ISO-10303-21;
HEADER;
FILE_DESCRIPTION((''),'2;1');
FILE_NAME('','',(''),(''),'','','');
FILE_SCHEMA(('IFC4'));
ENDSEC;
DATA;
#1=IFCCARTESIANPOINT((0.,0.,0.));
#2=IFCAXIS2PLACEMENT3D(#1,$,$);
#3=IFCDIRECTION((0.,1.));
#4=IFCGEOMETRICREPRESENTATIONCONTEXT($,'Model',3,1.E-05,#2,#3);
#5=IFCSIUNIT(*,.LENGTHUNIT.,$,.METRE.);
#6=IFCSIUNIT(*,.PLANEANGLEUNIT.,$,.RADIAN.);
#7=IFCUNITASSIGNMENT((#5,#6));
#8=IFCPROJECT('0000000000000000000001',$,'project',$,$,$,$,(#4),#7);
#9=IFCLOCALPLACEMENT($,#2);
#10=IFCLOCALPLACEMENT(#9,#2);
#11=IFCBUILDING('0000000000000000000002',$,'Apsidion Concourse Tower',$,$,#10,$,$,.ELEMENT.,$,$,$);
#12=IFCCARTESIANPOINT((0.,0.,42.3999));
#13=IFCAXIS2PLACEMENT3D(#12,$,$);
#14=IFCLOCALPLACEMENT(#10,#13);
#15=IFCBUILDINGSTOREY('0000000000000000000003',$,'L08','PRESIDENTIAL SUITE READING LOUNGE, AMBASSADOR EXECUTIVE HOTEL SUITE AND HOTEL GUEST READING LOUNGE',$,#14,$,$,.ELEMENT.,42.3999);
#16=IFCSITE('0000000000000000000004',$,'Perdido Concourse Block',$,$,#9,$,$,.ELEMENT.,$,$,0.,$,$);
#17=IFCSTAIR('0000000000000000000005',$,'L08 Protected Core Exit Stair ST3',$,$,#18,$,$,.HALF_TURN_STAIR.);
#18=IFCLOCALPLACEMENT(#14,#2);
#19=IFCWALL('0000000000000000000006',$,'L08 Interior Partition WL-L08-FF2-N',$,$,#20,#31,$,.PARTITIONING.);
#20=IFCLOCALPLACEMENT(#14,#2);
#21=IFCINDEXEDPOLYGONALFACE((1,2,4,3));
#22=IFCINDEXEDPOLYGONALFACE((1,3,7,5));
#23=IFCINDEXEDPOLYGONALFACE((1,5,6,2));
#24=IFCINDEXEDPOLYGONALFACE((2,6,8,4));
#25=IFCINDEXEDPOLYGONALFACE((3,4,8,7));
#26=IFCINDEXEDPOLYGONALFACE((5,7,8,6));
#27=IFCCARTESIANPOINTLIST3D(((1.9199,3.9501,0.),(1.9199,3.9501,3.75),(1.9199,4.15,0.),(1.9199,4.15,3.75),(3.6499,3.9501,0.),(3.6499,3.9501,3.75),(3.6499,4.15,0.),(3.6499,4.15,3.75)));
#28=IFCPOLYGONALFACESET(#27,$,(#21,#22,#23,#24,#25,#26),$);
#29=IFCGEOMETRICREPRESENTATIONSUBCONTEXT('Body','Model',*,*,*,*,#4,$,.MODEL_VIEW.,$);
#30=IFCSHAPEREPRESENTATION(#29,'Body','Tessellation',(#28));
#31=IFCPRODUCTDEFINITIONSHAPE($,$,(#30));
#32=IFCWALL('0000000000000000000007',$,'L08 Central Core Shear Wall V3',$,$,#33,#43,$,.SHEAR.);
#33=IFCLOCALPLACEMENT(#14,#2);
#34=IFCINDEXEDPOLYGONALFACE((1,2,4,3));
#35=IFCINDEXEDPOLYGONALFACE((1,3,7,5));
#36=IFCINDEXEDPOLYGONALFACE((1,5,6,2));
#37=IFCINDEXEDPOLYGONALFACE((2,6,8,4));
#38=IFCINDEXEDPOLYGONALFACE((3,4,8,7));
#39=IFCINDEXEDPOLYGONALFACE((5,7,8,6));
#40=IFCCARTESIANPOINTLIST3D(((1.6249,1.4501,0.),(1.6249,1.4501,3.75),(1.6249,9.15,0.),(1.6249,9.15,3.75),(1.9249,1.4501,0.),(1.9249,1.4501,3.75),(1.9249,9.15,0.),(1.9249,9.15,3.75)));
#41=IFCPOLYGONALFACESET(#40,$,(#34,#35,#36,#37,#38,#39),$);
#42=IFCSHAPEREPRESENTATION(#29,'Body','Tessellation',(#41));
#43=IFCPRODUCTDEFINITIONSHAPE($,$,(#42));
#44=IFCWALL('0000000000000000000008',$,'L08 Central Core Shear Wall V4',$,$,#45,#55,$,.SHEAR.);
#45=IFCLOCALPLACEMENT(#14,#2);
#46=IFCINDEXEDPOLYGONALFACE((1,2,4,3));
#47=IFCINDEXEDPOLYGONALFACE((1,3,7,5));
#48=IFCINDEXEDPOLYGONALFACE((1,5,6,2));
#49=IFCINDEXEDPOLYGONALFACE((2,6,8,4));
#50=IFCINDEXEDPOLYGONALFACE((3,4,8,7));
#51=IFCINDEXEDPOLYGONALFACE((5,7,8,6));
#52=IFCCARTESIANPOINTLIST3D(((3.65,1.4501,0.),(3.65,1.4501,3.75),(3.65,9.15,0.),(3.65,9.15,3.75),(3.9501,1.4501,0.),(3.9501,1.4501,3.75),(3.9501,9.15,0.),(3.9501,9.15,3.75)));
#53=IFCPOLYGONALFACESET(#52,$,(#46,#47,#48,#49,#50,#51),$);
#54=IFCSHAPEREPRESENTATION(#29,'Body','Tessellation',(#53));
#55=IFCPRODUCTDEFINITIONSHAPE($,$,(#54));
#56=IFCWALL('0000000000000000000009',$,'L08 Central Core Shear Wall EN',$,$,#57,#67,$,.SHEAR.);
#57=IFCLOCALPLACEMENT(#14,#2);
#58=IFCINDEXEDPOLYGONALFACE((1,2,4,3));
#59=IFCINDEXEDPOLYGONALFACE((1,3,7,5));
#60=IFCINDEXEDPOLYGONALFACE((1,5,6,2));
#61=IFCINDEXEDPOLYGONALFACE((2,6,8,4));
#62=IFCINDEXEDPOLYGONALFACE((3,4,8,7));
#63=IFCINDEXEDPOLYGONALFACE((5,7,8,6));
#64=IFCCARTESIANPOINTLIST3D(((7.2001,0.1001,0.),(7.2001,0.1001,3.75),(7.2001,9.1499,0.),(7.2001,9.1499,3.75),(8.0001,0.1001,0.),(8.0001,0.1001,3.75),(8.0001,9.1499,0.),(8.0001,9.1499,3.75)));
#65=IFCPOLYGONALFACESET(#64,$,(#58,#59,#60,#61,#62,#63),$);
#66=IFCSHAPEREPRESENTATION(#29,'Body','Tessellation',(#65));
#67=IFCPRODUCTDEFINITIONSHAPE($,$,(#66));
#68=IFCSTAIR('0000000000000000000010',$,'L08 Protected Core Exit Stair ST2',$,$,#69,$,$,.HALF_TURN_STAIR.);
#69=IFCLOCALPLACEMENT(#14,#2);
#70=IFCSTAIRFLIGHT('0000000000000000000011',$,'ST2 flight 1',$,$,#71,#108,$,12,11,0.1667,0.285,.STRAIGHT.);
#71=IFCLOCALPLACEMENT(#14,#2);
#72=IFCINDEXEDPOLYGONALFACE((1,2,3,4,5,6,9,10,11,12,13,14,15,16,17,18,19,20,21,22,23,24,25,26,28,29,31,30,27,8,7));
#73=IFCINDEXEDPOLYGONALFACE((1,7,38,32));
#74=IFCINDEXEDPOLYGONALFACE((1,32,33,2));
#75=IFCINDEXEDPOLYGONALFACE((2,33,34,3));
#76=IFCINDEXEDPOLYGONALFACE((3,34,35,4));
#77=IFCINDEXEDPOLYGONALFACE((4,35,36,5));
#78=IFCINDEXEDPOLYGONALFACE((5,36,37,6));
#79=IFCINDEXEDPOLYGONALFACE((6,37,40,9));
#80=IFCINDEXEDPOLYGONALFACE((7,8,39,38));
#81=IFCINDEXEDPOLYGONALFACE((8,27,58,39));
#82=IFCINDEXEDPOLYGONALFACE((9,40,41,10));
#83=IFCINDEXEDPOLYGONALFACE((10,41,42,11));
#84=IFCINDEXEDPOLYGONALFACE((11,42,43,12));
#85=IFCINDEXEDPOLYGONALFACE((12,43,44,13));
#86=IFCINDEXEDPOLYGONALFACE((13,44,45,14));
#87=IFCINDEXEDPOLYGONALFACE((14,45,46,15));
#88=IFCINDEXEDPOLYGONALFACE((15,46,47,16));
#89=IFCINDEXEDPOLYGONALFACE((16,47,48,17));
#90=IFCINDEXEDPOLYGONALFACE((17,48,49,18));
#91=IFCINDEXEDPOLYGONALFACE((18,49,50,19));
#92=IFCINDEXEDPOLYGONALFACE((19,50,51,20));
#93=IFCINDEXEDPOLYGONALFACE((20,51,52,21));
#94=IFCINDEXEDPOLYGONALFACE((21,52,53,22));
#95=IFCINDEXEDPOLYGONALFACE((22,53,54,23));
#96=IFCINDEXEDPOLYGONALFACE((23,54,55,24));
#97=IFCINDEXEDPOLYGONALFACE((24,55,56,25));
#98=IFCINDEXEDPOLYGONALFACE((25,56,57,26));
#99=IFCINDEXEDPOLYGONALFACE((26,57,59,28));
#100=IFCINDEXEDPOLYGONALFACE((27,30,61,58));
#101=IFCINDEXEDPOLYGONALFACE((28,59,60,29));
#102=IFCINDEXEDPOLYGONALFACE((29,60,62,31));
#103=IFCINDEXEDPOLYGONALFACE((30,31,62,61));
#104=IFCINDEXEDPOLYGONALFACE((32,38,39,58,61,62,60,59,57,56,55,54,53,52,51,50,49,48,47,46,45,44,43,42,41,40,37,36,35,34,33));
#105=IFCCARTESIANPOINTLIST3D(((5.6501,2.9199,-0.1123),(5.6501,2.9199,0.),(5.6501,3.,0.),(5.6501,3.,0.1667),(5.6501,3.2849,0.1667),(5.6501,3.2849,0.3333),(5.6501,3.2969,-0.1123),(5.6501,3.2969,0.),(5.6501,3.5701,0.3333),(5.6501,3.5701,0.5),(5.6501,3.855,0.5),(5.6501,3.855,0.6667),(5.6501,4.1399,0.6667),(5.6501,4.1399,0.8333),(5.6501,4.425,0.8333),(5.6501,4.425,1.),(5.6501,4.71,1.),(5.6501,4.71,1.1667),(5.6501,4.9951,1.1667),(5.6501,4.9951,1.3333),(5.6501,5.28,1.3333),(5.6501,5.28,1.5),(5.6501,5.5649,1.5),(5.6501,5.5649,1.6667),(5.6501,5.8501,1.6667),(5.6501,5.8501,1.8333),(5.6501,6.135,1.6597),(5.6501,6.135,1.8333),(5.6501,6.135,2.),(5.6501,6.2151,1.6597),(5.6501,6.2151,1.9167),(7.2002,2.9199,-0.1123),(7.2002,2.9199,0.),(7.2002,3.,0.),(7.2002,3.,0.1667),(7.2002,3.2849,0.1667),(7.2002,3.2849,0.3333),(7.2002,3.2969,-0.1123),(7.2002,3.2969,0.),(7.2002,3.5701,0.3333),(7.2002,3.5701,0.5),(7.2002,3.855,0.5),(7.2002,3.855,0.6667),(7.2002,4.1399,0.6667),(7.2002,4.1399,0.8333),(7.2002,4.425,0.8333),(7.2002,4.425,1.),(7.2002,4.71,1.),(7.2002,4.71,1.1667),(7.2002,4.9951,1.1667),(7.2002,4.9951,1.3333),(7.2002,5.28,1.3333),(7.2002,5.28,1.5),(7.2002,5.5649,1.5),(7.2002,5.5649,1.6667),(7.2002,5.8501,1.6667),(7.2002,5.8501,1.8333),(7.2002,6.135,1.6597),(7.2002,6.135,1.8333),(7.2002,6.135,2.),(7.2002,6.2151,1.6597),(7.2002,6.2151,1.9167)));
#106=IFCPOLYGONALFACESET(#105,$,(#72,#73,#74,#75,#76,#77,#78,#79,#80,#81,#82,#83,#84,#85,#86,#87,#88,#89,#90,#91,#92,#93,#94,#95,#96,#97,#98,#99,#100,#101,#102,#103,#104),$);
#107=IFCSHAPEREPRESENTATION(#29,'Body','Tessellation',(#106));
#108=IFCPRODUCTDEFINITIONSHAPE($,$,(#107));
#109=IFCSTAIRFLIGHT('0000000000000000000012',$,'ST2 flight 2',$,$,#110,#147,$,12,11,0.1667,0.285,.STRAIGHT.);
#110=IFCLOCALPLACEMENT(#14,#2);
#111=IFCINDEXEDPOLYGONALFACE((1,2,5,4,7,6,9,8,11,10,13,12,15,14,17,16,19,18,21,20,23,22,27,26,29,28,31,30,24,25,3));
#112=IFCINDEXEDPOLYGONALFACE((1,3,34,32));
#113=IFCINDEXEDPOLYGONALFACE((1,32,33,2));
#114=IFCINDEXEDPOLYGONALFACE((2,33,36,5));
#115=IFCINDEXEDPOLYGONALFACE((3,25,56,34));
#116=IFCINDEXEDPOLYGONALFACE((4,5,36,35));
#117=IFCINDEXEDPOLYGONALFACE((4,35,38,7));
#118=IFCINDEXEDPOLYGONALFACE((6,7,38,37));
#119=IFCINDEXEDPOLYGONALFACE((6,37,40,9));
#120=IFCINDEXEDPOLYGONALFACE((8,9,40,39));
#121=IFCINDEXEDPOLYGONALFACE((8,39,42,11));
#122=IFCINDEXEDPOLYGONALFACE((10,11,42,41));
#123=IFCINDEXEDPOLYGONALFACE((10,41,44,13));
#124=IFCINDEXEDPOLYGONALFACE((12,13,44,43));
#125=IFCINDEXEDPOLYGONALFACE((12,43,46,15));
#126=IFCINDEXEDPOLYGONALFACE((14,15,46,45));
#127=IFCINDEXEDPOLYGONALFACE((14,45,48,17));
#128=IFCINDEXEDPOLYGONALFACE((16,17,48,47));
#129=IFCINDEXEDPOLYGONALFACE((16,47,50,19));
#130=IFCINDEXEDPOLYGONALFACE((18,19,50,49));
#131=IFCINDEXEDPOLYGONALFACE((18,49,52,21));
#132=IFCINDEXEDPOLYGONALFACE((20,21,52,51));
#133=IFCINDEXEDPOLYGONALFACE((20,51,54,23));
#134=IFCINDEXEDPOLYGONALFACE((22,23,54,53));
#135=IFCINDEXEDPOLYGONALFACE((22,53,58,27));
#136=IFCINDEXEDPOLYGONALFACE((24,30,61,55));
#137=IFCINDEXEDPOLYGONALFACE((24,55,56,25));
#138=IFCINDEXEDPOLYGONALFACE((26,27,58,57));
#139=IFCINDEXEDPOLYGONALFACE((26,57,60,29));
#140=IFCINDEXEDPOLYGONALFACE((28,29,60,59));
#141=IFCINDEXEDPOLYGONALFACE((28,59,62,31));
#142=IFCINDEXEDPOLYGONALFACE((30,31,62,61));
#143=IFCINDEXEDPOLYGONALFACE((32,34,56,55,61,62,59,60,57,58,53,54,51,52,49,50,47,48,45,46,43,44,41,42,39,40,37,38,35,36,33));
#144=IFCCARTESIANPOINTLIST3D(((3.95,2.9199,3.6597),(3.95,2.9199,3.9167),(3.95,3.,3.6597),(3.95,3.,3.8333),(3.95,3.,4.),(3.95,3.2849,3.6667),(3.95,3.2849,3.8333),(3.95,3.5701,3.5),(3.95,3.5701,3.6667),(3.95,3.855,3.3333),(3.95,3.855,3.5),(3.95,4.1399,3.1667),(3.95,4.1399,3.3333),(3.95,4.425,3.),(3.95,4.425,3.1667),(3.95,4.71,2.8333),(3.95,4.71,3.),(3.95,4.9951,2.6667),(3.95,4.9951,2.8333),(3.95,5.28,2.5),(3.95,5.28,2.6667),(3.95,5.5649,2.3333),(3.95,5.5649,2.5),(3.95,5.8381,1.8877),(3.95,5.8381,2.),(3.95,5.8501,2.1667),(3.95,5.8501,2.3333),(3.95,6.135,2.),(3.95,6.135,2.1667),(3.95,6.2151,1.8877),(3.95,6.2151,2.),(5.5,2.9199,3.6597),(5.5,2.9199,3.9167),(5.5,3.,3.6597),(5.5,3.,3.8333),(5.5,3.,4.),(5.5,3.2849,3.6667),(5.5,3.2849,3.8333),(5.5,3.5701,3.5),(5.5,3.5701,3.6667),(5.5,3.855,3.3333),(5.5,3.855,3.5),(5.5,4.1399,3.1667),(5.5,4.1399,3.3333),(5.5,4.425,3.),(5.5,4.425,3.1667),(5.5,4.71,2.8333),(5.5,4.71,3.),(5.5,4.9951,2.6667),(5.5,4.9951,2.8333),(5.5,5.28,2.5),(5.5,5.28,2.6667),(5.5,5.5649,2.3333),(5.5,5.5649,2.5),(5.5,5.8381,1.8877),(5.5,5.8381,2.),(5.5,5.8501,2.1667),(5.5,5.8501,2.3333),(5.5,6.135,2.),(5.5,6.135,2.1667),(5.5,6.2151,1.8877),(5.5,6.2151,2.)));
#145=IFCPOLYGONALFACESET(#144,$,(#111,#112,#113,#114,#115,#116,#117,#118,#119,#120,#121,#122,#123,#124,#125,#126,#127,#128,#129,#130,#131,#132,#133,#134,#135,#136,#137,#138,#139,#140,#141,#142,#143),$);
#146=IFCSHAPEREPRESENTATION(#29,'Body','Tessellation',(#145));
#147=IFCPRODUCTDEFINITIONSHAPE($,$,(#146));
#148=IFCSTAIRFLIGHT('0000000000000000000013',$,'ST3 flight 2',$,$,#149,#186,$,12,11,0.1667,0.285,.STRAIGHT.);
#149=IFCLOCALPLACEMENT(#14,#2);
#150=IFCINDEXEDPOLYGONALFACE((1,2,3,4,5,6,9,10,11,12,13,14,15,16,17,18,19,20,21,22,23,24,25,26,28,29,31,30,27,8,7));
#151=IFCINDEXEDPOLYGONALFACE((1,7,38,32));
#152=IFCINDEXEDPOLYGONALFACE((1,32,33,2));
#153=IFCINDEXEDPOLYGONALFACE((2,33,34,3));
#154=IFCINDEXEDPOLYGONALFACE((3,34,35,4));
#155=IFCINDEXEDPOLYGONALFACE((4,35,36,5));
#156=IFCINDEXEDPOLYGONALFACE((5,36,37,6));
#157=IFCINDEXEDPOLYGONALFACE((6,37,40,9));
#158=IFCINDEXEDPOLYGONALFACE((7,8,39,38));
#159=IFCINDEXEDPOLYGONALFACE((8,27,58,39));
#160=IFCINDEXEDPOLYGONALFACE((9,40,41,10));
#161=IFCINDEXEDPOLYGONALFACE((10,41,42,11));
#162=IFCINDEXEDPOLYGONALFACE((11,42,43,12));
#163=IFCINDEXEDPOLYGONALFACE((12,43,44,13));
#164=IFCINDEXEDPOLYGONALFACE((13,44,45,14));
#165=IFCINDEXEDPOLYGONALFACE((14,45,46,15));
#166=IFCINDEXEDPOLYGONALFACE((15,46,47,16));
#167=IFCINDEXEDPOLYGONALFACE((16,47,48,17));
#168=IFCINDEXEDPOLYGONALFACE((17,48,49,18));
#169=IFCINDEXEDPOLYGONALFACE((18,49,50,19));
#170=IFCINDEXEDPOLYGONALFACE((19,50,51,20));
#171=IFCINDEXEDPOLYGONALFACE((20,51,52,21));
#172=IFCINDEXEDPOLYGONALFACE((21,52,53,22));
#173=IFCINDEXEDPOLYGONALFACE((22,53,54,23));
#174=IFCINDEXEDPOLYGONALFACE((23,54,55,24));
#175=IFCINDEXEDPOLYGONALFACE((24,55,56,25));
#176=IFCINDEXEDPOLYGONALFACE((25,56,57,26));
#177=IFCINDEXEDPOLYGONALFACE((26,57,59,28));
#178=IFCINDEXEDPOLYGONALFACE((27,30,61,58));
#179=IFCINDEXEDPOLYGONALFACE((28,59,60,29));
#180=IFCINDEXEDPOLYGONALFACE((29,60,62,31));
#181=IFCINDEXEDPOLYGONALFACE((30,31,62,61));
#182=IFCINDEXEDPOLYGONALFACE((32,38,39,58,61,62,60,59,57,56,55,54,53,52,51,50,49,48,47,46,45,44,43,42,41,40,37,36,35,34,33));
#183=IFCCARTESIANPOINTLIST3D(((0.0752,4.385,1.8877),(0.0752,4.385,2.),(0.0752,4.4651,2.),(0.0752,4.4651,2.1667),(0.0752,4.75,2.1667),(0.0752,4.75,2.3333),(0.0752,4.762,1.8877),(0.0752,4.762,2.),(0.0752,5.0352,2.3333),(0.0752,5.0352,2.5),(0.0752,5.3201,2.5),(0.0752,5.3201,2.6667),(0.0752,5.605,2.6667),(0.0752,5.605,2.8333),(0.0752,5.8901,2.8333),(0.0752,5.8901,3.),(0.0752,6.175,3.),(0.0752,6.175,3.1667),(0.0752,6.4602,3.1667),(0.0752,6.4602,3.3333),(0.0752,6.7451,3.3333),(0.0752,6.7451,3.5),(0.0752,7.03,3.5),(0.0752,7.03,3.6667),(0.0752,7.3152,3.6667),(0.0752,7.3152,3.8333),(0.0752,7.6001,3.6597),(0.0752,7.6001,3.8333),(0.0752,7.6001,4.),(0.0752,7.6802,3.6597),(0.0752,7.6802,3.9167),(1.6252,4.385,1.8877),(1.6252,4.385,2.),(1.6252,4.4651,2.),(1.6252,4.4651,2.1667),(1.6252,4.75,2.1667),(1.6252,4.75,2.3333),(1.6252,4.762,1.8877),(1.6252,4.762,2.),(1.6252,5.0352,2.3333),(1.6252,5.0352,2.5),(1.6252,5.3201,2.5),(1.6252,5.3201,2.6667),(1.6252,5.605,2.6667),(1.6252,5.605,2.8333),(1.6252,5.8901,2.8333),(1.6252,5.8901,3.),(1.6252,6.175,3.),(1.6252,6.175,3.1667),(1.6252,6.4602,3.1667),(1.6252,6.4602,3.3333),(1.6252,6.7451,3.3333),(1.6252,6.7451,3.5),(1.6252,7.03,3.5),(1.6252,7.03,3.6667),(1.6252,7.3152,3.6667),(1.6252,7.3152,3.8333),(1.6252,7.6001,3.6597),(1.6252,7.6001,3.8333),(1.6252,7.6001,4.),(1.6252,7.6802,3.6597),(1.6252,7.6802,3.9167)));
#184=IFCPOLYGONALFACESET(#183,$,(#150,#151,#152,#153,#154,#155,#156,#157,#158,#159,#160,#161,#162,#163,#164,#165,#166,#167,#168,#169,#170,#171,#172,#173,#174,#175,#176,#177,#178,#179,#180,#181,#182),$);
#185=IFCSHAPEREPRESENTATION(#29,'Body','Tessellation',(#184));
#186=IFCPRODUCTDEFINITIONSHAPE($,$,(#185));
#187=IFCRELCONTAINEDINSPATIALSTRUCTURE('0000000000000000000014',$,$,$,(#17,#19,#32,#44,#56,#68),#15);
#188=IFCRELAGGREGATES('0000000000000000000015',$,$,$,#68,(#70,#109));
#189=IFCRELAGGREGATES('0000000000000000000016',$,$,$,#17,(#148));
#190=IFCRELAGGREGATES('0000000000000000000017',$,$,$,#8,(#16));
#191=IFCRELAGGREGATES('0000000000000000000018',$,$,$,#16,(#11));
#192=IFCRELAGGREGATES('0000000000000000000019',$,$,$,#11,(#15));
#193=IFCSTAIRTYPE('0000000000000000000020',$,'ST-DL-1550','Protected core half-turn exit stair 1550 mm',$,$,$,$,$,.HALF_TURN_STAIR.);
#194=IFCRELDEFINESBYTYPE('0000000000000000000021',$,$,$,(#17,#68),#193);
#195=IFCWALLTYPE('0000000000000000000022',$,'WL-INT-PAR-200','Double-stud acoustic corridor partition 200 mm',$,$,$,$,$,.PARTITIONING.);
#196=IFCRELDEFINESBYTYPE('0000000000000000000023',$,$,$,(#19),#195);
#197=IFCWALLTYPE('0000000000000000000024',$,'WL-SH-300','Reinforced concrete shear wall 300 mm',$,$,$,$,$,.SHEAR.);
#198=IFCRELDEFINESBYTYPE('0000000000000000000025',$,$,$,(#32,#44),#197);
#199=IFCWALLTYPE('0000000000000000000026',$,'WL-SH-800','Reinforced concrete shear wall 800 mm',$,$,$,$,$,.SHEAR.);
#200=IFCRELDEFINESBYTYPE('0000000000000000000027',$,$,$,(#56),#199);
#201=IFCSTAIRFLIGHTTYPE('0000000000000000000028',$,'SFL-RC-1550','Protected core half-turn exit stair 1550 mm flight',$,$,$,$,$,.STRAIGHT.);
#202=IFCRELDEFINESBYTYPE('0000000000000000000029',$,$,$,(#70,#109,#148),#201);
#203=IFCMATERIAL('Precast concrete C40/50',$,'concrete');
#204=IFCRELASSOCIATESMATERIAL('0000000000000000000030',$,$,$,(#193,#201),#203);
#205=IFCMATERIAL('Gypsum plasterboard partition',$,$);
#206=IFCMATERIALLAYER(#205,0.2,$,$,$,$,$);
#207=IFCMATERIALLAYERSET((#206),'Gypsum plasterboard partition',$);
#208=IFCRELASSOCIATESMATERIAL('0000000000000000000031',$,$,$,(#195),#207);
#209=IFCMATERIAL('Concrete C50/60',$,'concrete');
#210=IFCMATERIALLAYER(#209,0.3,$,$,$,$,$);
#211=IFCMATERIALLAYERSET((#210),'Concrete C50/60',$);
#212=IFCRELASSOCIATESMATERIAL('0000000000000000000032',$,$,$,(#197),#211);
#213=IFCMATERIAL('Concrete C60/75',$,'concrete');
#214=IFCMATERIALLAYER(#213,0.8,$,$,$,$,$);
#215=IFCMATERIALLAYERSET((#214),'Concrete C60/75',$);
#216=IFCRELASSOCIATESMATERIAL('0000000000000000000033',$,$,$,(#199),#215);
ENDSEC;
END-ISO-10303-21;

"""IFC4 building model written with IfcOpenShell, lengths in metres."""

from ifc_helpers import new_model, si_unit, direction, frame, frame_2d, origin, place, context, subcontext, project, spatial, polyline, rectangle, outline, extrude, material, layer, layer_set, type_object, element, aggregate, save


model = new_model("IFC4")

# Units and contexts
model_context = context("Model", 3, precision=1e-05, world=origin(), true_north=direction((0.0, 1.0)))
body_context = subcontext(model_context, "Body", "Model", "MODEL_VIEW")
ifc_project = project(units=[si_unit("LENGTHUNIT", "METRE"), si_unit("PLANEANGLEUNIT", "RADIAN")], contexts=[model_context])

# Site, building, storey
site_placement = place(None, origin())
site = spatial("IfcSite", under=ifc_project, at=site_placement, Name="Perdido Concourse Block", CompositionType="ELEMENT", RefElevation=0.0)
building_placement = place(site_placement, origin())
building = spatial("IfcBuilding", under=site, at=building_placement, Name="Apsidion Concourse Tower", CompositionType="ELEMENT")
storey_placement = place(building_placement, frame((0.0, 0.0, 42.3999)))
storey = spatial("IfcBuildingStorey", under=building, at=storey_placement, Name="L08", Description="PRESIDENTIAL SUITE READING LOUNGE, AMBASSADOR EXECUTIVE HOTEL SUITE AND HOTEL GUEST READING LOUNGE", CompositionType="ELEMENT", Elevation=42.3999)

# Shared definitions
ifc_material_1 = material(Name="Concrete C60/75", Category="concrete")

# Stair
ifc_material_2 = material(Name="Precast concrete C40/50", Category="concrete")
stair_type = type_object("IfcStairType", Name="ST-DL-1550", Description="Protected core half-turn exit stair 1550 mm", PredefinedType="HALF_TURN_STAIR", material=ifc_material_2)
stair_1_placement = place(storey_placement, origin())
stair_1 = element("IfcStair", 1, at=stair_1_placement, inside=storey, type_object=stair_type, Name="L08 Protected Core Exit Stair ST3", PredefinedType="HALF_TURN_STAIR")
ifc_material_3 = material(Name="Concrete C50/60", Category="concrete")

# Shared definitions
ifc_material_4 = material(Name="Gypsum plasterboard partition")

# Walls
ifc_layer_1 = layer(ifc_material_4, 0.2)
ifc_layer_set_1 = layer_set([ifc_layer_1], Name="Gypsum plasterboard partition")
wall_type_1 = type_object("IfcWallType", Name="WL-INT-PAR-200", Description="Double-stud acoustic corridor partition 200 mm", PredefinedType="PARTITIONING", material=ifc_layer_set_1)
wall_1_placement = place(storey_placement, frame((1.9199, 4.05, 0.0), z_axis=(0.0, 0.0, 1.0), x_axis=(1.0, 0.0, 0.0)))
element("IfcWall", 2, at=wall_1_placement, inside=storey, type_object=wall_type_1, Name="L08 Interior Partition WL-L08-FF2-N", PredefinedType="PARTITIONING", context=body_context, shape_type="SweptSolid", body=[
    extrude(rectangle(XDim=1.73, YDim=0.2, at=frame_2d((0.865, 0.0))), origin(), (0.0, 0.0, 1.0), 3.75),
])
ifc_layer_2 = layer(ifc_material_3, 0.3)
ifc_layer_set_2 = layer_set([ifc_layer_2], Name="Concrete C50/60")
wall_type_2 = type_object("IfcWallType", Name="WL-SH-300", Description="Reinforced concrete shear wall 300 mm", PredefinedType="SHEAR", material=ifc_layer_set_2)
for number, where, z_axis, x_axis, name in (
    (3, (1.7749, 1.45, 0.0), (0.0, 0.0, 1.0), (0.0, 1.0, 0.0), "L08 Central Core Shear Wall V3"),
    (4, (3.8, 1.45, 0.0), (0.0, 0.0, 1.0), (0.0, 1.0, 0.0), "L08 Central Core Shear Wall V4"),
):
    element("IfcWall", number, at=place(storey_placement, frame(where, z_axis=z_axis, x_axis=x_axis)), inside=storey, type_object=wall_type_2, Name=name, PredefinedType="SHEAR", context=body_context, shape_type="SweptSolid", body=[
        extrude(rectangle(XDim=7.7, YDim=0.3, at=frame_2d((3.8501, 0.0))), origin(), (0.0, 0.0, 1.0), 3.75),
    ])
ifc_layer_3 = layer(ifc_material_1, 0.8)
ifc_layer_set_3 = layer_set([ifc_layer_3], Name="Concrete C60/75")
wall_type_3 = type_object("IfcWallType", Name="WL-SH-800", Description="Reinforced concrete shear wall 800 mm", PredefinedType="SHEAR", material=ifc_layer_set_3)
wall_2_placement = place(storey_placement, frame((7.6001, 0.1001, 0.0), z_axis=(0.0, 0.0, 1.0), x_axis=(0.0, 1.0, 0.0)))
element("IfcWall", 5, at=wall_2_placement, inside=storey, type_object=wall_type_3, Name="L08 Central Core Shear Wall EN", PredefinedType="SHEAR", context=body_context, shape_type="SweptSolid", body=[
    extrude(rectangle(XDim=9.0498, YDim=0.8, at=frame_2d((4.5249, 0.0))), origin(), (0.0, 0.0, 1.0), 3.75),
])

# Stair, stair flights
stair_2_placement = place(storey_placement, origin())
stair_2 = element("IfcStair", 6, at=stair_2_placement, inside=storey, type_object=stair_type, Name="L08 Protected Core Exit Stair ST2", PredefinedType="HALF_TURN_STAIR")
stair_flight_type = type_object("IfcStairFlightType", Name="SFL-RC-1550", Description="Protected core half-turn exit stair 1550 mm flight", PredefinedType="STRAIGHT", material=ifc_material_2)
stair_flight_1_placement = place(storey_placement, frame((6.425, 3.0, 0.0), z_axis=(0.0, 0.0, 1.0), x_axis=(0.0, 1.0, 0.0)))
stair_flight_1 = element("IfcStairFlight", 7, at=stair_flight_1_placement, type_object=stair_flight_type, Name="ST2 flight 1", NumberOfRisers=12, NumberOfTreads=11, PredefinedType="STRAIGHT", RiserHeight=0.1667, TreadLength=0.285, context=body_context, shape_type="SweptSolid", body=[
    extrude(outline(polyline([(-0.0801, -0.1123), (-0.0801, 0.0), (0.0, 0.0), (0.0, 0.1667), (0.2849, 0.1667), (0.2849, 0.3333), (0.5701, 0.3333), (0.5701, 0.5), (0.855, 0.5), (0.855, 0.6667), (1.1399, 0.6667), (1.1399, 0.8333), (1.425, 0.8333), (1.425, 1.0), (1.71, 1.0), (1.71, 1.1667), (1.9951, 1.1667), (1.9951, 1.3333), (2.28, 1.3333), (2.28, 1.5), (2.5649, 1.5), (2.5649, 1.6667), (2.8501, 1.6667), (2.8501, 1.8333), (3.135, 1.8333), (3.135, 2.0), (3.2151, 1.9167), (3.2151, 1.6597), (3.135, 1.6597), (0.2969, 0.0), (0.2969, -0.1123), (-0.0801, -0.1123)])), frame((0.0, 0.7749, 0.0), z_axis=(0.0, -1.0, 0.0), x_axis=(1.0, 0.0, 0.0)), (0.0, 0.0, 1.0), 1.55),
])
stair_flight_2_placement = place(storey_placement, frame((4.7251, 6.135, 2.0), z_axis=(0.0, 0.0, 1.0), x_axis=(0.0, -1.0, 0.0)))
stair_flight_2 = element("IfcStairFlight", 8, at=stair_flight_2_placement, type_object=stair_flight_type, Name="ST2 flight 2", NumberOfRisers=12, NumberOfTreads=11, PredefinedType="STRAIGHT", RiserHeight=0.1667, TreadLength=0.285, context=body_context, shape_type="SweptSolid", body=[
    extrude(outline(polyline([(-0.0801, -0.1123), (-0.0801, 0.0), (0.0, 0.0), (0.0, 0.1667), (0.2849, 0.1667), (0.2849, 0.3333), (0.5701, 0.3333), (0.5701, 0.5), (0.855, 0.5), (0.855, 0.6667), (1.1399, 0.6667), (1.1399, 0.8333), (1.425, 0.8333), (1.425, 1.0), (1.71, 1.0), (1.71, 1.1667), (1.9951, 1.1667), (1.9951, 1.3333), (2.28, 1.3333), (2.28, 1.5), (2.5649, 1.5), (2.5649, 1.6667), (2.8501, 1.6667), (2.8501, 1.8333), (3.135, 1.8333), (3.135, 2.0), (3.2151, 1.9167), (3.2151, 1.6597), (3.135, 1.6597), (0.2969, 0.0), (0.2969, -0.1123), (-0.0801, -0.1123)])), frame((0.0, 0.7749, 0.0), z_axis=(0.0, -1.0, 0.0), x_axis=(1.0, 0.0, 0.0)), (0.0, 0.0, 1.0), 1.55),
])
aggregate(stair_2, [stair_flight_1, stair_flight_2])

# Stair flight
stair_flight_3_placement = place(storey_placement, frame((0.8501, 4.4651, 2.0), z_axis=(0.0, 0.0, 1.0), x_axis=(0.0, 1.0, 0.0)))
stair_flight_3 = element("IfcStairFlight", 9, at=stair_flight_3_placement, type_object=stair_flight_type, Name="ST3 flight 2", NumberOfRisers=12, NumberOfTreads=11, PredefinedType="STRAIGHT", RiserHeight=0.1667, TreadLength=0.285, context=body_context, shape_type="SweptSolid", body=[
    extrude(outline(polyline([(-0.0801, -0.1123), (-0.0801, 0.0), (0.0, 0.0), (0.0, 0.1667), (0.2849, 0.1667), (0.2849, 0.3333), (0.5701, 0.3333), (0.5701, 0.5), (0.855, 0.5), (0.855, 0.6667), (1.1399, 0.6667), (1.1399, 0.8333), (1.425, 0.8333), (1.425, 1.0), (1.71, 1.0), (1.71, 1.1667), (1.9951, 1.1667), (1.9951, 1.3333), (2.28, 1.3333), (2.28, 1.5), (2.5649, 1.5), (2.5649, 1.6667), (2.8501, 1.6667), (2.8501, 1.8333), (3.135, 1.8333), (3.135, 2.0), (3.2151, 1.9167), (3.2151, 1.6597), (3.135, 1.6597), (0.2969, 0.0), (0.2969, -0.1123), (-0.0801, -0.1123)])), frame((0.0, 0.7749, 0.0), z_axis=(0.0, -1.0, 0.0), x_axis=(1.0, 0.0, 0.0)), (0.0, 0.0, 1.0), 1.55),
])
aggregate(stair_1, [stair_flight_3])

save(model, "model.ifc")
